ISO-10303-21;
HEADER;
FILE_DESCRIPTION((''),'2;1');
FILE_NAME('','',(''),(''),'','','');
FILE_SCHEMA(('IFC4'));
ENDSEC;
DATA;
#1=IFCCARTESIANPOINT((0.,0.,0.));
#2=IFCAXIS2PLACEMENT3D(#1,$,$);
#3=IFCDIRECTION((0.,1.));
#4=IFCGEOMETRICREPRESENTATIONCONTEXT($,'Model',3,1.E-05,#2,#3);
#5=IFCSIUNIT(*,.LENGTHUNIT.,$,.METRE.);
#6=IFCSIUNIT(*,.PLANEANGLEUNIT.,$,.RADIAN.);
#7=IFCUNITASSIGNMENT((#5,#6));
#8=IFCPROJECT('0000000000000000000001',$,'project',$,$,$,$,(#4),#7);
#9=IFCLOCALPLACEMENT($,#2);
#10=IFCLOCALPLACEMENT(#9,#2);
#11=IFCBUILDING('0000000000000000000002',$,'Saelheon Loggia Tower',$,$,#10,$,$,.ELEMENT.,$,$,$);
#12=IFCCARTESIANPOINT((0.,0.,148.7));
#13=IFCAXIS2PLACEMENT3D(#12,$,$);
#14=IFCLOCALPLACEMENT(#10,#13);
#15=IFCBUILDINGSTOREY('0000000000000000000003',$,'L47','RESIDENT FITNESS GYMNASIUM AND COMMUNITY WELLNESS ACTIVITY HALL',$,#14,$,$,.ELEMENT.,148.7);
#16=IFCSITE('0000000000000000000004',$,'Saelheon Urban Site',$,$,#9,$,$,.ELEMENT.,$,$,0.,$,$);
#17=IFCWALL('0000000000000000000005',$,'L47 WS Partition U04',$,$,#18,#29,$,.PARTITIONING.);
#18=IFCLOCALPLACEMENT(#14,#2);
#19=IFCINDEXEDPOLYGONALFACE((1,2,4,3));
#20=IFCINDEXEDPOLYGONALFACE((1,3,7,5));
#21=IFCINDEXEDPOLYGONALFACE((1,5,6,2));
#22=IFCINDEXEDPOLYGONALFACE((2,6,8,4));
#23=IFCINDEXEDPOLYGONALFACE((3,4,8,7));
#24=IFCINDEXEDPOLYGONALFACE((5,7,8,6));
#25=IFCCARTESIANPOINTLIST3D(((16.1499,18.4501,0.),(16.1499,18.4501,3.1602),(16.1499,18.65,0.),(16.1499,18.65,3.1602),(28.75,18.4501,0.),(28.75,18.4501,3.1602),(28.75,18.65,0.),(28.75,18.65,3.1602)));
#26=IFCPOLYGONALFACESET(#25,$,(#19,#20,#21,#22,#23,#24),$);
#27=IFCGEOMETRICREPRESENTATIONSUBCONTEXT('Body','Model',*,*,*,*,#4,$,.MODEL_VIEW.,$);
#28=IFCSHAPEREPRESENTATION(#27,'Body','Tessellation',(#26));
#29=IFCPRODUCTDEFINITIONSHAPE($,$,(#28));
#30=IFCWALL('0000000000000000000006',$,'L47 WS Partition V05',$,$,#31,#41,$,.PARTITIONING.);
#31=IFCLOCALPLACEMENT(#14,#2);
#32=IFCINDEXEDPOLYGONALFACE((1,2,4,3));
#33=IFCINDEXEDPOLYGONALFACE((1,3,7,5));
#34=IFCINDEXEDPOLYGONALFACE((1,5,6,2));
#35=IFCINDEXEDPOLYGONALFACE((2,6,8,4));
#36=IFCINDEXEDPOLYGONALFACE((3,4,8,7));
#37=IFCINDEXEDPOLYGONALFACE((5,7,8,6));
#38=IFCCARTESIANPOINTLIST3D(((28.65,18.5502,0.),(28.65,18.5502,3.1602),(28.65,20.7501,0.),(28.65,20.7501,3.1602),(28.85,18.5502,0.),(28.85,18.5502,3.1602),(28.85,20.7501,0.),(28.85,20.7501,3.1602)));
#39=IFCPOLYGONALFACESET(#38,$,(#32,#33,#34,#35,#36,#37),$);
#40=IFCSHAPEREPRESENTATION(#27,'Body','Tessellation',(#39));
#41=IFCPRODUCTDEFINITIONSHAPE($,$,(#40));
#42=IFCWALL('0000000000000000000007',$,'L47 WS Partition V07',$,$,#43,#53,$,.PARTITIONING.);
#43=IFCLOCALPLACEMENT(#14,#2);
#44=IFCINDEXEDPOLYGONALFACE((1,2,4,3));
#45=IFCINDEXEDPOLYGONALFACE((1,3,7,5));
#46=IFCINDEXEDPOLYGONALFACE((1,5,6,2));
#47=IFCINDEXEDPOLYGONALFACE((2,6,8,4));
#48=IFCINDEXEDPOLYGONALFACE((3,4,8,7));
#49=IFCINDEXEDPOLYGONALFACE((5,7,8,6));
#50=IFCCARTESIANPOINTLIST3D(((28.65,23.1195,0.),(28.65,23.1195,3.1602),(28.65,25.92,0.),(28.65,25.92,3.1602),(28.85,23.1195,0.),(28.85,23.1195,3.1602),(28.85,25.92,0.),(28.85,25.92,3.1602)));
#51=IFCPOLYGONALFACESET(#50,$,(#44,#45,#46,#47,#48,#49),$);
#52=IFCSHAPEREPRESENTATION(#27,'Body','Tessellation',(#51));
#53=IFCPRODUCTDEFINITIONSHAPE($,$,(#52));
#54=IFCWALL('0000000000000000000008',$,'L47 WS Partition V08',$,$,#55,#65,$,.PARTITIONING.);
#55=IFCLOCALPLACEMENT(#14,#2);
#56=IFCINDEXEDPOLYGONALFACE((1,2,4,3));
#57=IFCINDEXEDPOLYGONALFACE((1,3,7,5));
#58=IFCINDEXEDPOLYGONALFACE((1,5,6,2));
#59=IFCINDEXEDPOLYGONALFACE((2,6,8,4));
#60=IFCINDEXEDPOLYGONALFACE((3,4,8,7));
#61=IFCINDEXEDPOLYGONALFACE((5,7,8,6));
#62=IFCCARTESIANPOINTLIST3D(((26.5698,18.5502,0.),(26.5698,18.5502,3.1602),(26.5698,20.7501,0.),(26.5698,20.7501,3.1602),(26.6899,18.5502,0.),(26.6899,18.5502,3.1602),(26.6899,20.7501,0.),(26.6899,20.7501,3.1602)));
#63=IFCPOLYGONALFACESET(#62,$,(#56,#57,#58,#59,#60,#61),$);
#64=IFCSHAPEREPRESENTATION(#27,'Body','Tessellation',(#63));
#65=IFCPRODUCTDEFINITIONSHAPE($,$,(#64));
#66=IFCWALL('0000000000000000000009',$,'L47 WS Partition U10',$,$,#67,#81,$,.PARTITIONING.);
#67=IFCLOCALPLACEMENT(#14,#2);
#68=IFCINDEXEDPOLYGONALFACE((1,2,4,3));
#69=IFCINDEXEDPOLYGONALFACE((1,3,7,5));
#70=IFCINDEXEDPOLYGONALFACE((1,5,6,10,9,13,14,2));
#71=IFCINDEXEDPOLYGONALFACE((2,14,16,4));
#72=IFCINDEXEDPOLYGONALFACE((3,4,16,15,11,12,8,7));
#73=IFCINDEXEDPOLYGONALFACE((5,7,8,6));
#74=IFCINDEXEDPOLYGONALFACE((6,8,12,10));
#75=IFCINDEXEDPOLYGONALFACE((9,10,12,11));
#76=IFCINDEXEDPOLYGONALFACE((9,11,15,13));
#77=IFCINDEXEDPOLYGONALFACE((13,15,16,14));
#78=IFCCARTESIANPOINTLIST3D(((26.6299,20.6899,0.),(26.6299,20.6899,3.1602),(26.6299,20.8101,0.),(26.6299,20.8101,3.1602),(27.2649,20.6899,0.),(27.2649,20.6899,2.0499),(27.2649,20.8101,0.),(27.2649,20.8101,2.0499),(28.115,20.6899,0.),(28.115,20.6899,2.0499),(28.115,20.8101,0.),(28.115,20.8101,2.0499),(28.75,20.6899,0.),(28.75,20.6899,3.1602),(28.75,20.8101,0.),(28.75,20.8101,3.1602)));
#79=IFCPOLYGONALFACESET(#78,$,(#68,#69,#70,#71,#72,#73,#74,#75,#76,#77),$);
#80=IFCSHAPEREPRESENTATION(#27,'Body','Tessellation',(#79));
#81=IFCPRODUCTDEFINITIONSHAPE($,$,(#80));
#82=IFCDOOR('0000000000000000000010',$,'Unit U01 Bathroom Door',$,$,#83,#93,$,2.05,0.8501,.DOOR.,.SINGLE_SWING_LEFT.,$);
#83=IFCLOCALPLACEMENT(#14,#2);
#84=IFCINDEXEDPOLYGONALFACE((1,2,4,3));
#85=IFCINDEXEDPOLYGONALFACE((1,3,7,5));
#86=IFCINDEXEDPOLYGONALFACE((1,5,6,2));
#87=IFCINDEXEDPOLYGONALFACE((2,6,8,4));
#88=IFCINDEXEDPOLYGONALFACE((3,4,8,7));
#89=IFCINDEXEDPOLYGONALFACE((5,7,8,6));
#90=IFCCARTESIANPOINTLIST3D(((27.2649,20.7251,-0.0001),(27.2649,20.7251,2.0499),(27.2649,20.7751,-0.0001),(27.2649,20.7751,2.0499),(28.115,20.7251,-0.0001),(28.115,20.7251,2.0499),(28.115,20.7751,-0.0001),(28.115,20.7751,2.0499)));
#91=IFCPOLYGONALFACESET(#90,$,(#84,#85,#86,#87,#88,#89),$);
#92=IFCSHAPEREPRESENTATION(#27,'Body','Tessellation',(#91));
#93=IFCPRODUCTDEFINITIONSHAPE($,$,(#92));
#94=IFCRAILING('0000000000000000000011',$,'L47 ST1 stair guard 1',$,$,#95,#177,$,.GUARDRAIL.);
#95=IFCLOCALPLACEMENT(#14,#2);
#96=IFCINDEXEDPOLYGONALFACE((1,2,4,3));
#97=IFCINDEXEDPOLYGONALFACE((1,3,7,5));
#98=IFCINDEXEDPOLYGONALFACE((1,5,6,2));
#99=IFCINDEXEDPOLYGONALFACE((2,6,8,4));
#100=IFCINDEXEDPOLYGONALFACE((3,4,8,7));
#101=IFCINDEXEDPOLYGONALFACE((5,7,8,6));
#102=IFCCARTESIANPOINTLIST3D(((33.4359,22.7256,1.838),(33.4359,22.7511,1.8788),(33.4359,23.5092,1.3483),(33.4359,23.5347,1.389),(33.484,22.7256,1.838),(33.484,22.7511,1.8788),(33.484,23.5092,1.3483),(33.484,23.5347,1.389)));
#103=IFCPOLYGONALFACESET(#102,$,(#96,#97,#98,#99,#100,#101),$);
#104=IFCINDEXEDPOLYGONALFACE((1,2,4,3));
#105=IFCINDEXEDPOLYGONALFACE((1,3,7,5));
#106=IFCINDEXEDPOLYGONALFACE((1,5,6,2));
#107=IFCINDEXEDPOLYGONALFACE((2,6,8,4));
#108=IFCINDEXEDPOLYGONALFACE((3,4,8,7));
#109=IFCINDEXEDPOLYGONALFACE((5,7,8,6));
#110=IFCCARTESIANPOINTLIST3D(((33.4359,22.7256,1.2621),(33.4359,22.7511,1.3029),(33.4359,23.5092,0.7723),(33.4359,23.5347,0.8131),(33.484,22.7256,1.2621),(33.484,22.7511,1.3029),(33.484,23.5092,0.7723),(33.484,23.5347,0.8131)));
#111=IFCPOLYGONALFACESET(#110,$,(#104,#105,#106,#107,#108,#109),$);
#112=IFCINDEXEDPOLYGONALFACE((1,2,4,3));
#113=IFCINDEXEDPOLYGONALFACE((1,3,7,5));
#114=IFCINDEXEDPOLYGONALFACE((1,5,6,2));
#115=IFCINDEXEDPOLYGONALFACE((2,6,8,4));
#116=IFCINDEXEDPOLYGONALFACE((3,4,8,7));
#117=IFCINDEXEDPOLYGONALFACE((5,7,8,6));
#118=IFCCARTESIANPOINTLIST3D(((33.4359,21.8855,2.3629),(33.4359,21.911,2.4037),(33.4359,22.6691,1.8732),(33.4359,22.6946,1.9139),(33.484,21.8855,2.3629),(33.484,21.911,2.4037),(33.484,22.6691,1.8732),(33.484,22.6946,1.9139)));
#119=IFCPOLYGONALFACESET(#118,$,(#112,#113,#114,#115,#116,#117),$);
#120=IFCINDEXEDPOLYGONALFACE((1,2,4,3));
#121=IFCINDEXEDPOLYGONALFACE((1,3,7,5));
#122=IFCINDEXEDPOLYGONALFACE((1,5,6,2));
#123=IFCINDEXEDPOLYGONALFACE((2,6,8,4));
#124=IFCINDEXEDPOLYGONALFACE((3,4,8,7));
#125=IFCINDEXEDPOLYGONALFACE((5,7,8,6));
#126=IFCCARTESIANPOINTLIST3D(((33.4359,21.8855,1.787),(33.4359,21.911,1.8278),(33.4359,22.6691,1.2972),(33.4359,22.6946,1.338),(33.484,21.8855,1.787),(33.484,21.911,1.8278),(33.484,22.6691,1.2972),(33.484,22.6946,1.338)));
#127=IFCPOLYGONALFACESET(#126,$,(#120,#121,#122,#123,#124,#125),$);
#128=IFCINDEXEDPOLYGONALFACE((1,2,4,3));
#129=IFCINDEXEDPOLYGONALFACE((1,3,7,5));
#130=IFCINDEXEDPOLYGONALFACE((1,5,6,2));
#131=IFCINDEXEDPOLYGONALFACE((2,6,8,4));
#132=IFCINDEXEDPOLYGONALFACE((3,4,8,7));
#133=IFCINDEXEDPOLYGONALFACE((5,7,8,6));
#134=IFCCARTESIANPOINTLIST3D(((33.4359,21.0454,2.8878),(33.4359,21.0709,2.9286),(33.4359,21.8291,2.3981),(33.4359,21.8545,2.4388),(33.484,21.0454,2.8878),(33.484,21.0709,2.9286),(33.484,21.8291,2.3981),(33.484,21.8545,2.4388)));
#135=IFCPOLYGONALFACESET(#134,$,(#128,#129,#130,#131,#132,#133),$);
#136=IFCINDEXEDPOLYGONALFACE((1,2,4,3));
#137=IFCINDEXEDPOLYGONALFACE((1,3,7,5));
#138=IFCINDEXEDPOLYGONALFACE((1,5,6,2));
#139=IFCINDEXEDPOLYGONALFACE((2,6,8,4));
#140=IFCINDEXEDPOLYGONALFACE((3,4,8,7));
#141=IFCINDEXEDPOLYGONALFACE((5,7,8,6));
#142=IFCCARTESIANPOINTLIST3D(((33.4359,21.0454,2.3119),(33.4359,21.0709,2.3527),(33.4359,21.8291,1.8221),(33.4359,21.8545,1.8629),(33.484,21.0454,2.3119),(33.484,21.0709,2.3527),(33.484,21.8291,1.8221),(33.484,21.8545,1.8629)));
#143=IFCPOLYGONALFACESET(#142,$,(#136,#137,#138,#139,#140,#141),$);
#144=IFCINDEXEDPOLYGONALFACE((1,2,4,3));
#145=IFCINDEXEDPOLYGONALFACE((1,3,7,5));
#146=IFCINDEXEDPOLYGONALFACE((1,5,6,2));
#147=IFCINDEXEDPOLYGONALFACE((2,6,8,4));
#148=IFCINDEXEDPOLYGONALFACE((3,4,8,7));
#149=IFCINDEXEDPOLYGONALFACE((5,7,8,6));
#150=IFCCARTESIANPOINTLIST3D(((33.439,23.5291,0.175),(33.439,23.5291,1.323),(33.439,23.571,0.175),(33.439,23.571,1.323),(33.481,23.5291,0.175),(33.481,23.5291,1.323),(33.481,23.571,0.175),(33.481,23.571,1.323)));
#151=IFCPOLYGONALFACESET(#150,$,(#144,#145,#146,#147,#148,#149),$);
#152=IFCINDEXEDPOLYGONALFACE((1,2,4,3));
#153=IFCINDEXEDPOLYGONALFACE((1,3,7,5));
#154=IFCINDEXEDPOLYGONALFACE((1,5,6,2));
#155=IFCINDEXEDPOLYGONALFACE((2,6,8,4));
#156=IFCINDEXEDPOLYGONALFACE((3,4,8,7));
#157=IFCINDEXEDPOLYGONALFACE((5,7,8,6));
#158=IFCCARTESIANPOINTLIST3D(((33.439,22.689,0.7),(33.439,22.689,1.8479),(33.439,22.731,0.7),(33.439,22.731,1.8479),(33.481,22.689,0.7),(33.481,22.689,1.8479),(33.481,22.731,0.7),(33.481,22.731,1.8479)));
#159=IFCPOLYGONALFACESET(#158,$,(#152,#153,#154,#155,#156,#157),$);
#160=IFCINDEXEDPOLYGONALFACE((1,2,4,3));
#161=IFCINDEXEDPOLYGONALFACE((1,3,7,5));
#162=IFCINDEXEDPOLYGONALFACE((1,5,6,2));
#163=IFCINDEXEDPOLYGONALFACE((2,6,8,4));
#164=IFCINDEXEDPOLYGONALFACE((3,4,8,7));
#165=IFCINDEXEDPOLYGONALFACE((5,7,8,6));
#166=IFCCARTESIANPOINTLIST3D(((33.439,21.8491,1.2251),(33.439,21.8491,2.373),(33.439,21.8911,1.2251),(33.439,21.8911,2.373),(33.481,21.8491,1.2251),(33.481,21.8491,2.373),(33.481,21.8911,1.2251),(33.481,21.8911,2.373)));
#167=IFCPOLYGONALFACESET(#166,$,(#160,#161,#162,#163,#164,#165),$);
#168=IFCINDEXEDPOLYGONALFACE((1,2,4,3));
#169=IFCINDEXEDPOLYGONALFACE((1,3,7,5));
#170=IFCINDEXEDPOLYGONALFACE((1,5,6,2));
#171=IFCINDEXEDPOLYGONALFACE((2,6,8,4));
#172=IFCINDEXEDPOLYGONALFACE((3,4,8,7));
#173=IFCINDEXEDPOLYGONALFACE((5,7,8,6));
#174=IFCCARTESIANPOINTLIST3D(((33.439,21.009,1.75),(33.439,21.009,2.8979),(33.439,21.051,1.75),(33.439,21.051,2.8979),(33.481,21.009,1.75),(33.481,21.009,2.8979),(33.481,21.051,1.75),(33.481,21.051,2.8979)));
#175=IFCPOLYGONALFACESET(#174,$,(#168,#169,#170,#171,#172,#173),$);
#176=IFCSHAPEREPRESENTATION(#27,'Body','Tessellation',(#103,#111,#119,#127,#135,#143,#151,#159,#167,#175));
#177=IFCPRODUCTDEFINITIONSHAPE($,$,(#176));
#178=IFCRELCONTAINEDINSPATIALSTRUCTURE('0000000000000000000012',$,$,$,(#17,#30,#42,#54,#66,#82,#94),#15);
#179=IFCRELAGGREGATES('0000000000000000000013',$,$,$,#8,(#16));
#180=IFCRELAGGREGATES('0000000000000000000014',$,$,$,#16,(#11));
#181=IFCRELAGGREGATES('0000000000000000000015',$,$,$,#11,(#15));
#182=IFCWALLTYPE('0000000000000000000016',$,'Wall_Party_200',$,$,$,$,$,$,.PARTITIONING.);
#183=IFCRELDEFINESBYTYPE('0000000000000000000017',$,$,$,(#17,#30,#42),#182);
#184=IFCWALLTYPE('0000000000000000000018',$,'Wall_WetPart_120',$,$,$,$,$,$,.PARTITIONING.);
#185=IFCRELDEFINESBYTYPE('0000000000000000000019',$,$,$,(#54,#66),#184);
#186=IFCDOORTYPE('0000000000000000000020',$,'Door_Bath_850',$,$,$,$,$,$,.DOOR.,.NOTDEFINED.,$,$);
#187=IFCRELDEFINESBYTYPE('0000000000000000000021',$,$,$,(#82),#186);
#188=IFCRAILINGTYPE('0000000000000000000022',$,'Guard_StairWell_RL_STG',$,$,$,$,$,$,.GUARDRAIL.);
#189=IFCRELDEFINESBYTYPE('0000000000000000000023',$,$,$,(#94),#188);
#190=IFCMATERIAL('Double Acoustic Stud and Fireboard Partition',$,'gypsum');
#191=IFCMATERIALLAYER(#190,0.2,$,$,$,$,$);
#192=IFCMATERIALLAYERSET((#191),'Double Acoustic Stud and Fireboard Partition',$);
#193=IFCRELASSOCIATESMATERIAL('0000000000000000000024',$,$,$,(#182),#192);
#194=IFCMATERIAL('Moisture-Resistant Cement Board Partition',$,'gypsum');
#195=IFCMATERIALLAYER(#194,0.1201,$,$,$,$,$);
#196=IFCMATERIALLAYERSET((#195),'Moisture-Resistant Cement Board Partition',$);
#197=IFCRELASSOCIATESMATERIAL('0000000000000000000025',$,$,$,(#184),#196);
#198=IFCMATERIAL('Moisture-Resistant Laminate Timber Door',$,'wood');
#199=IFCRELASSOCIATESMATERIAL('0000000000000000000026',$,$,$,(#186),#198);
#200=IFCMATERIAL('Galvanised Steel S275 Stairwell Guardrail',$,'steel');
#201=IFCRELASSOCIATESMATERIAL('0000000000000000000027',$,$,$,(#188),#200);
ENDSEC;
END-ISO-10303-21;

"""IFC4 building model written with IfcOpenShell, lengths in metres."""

from ifc_helpers import new_model, si_unit, direction, frame, frame_2d, origin, origin_2d, place, context, subcontext, project, spatial, rectangle, extrude, source, transform, mapped, material, layer, layer_set, type_object, element, fill, save


model = new_model("IFC4")

# Units and contexts
model_context = context("Model", 3, precision=1e-05, world=origin(), true_north=direction((0.0, 1.0)))
body_context = subcontext(model_context, "Body", "Model", "MODEL_VIEW")
ifc_project = project(units=[si_unit("LENGTHUNIT", "METRE"), si_unit("PLANEANGLEUNIT", "RADIAN")], contexts=[model_context])

# Site, building, storey
site_placement = place(None, origin())
site = spatial("IfcSite", under=ifc_project, at=site_placement, Name="Saelheon Urban Site", CompositionType="ELEMENT", RefElevation=0.0)
building_placement = place(site_placement, origin())
building = spatial("IfcBuilding", under=site, at=building_placement, Name="Saelheon Loggia Tower", CompositionType="ELEMENT")
storey_placement = place(building_placement, frame((0.0, 0.0, 148.7)))
storey = spatial("IfcBuildingStorey", under=building, at=storey_placement, Name="L47", Description="RESIDENT FITNESS GYMNASIUM AND COMMUNITY WELLNESS ACTIVITY HALL", CompositionType="ELEMENT", Elevation=148.7)

# Walls
ifc_material_1 = material(Name="Double Acoustic Stud and Fireboard Partition", Category="gypsum")
ifc_layer_1 = layer(ifc_material_1, 0.2)
ifc_layer_set_1 = layer_set([ifc_layer_1], Name="Double Acoustic Stud and Fireboard Partition")
wall_type_1 = type_object("IfcWallType", Name="Wall_Party_200", PredefinedType="PARTITIONING", material=ifc_layer_set_1)
wall_1_placement = place(storey_placement, frame((28.75, 18.55, 0.0), z_axis=(0.0, 0.0, 1.0), x_axis=(-1.0, 0.0, 0.0)))
element("IfcWall", 1, at=wall_1_placement, inside=storey, type_object=wall_type_1, Name="L47 WS Partition U04", PredefinedType="PARTITIONING", context=body_context, shape_type="SweptSolid", body=[
    extrude(rectangle(XDim=12.6001, YDim=0.2, at=frame_2d((6.3, 0.0))), origin(), (0.0, 0.0, 1.0), 3.1602),
])
wall_2_placement = place(storey_placement, frame((28.75, 18.55, 0.0), z_axis=(0.0, 0.0, 1.0), x_axis=(0.0, 1.0, 0.0)))
element("IfcWall", 2, at=wall_2_placement, inside=storey, type_object=wall_type_1, Name="L47 WS Partition V05", PredefinedType="PARTITIONING", context=body_context, shape_type="SweptSolid", body=[
    extrude(rectangle(XDim=2.2, YDim=0.2, at=frame_2d((1.1001, 0.0))), origin(), (0.0, 0.0, 1.0), 3.1602),
])

# Walls
wall_3_placement = place(storey_placement, frame((28.75, 23.1194, 0.0), z_axis=(0.0, 0.0, 1.0), x_axis=(0.0, 1.0, 0.0)))
element("IfcWall", 3, at=wall_3_placement, inside=storey, type_object=wall_type_1, Name="L47 WS Partition V07", PredefinedType="PARTITIONING", context=body_context, shape_type="SweptSolid", body=[
    extrude(rectangle(XDim=2.8005, YDim=0.2, at=frame_2d((1.4004, 0.0))), origin(), (0.0, 0.0, 1.0), 3.1602),
])
ifc_material_2 = material(Name="Moisture-Resistant Cement Board Partition", Category="gypsum")
ifc_layer_2 = layer(ifc_material_2, 0.1201)
ifc_layer_set_2 = layer_set([ifc_layer_2], Name="Moisture-Resistant Cement Board Partition")
wall_type_2 = type_object("IfcWallType", Name="Wall_WetPart_120", PredefinedType="PARTITIONING", material=ifc_layer_set_2)
wall_4_placement = place(storey_placement, frame((26.6299, 18.55, 0.0), z_axis=(0.0, 0.0, 1.0), x_axis=(0.0, 1.0, 0.0)))
element("IfcWall", 4, at=wall_4_placement, inside=storey, type_object=wall_type_2, Name="L47 WS Partition V08", PredefinedType="PARTITIONING", context=body_context, shape_type="SweptSolid", body=[
    extrude(rectangle(XDim=2.2, YDim=0.1201, at=frame_2d((1.1001, 0.0))), origin(), (0.0, 0.0, 1.0), 3.1602),
])

# Wall, opening, door
wall_5_placement = place(storey_placement, frame((28.75, 20.75, 0.0), z_axis=(0.0, 0.0, 1.0), x_axis=(-1.0, 0.0, 0.0)))
wall_5 = element("IfcWall", 5, at=wall_5_placement, inside=storey, type_object=wall_type_2, Name="L47 WS Partition U10", PredefinedType="PARTITIONING", context=body_context, shape_type="SweptSolid", body=[
    extrude(rectangle(XDim=2.1201, YDim=0.1201, at=frame_2d((1.0601, 0.0))), origin(), (0.0, 0.0, 1.0), 3.1602),
])
opening_1_placement = place(wall_5_placement, frame((0.635, 0.0, 0.0)))
opening_1 = element("IfcOpeningElement", 6, at=opening_1_placement, cuts=wall_5, PredefinedType="OPENING", context=body_context, shape_type="SweptSolid", body=[
    extrude(rectangle(XDim=0.8501, YDim=2.05, at=frame_2d((0.425, 1.0249))), frame((0.0, 0.072, 0.0), z_axis=(0.0, -1.0, 0.0), x_axis=(1.0, 0.0, 0.0)), (0.0, 0.0, 1.0), 0.144),
])
ifc_material_3 = material(Name="Moisture-Resistant Laminate Timber Door", Category="wood")
door_type_1 = type_object("IfcDoorType", Name="Door_Bath_850", OperationType="NOTDEFINED", PredefinedType="DOOR", material=ifc_material_3)
shared_shape_1 = source(origin(), body_context, "Body", "SweptSolid", [
    extrude(rectangle(XDim=0.8501, YDim=2.05, at=frame_2d((0.425, 1.0249))), frame((0.0, 0.0249, 0.0), z_axis=(0.0, -1.0, 0.0), x_axis=(1.0, 0.0, 0.0)), (0.0, 0.0, 1.0), 0.05),
])
door_1_placement = place(opening_1_placement, origin())
door_1 = element("IfcDoor", 7, at=door_1_placement, inside=storey, type_object=door_type_1, Name="Unit U01 Bathroom Door", OperationType="SINGLE_SWING_LEFT", OverallHeight=2.05, OverallWidth=0.8501, PredefinedType="DOOR", context=body_context, shape_type="MappedRepresentation", body=[
    mapped(shared_shape_1, transform((0.0, 0.0, 0.0), scale=1.0)),
])
fill(opening_1, door_1)

# Railing
ifc_material_4 = material(Name="Galvanised Steel S275 Stairwell Guardrail", Category="steel")
railing_type_1 = type_object("IfcRailingType", Name="Guard_StairWell_RL_STG", PredefinedType="GUARDRAIL", material=ifc_material_4)
railing_1_placement = place(storey_placement, frame((33.46, 23.55, 0.175)))
element("IfcRailing", 8, at=railing_1_placement, inside=storey, type_object=railing_type_1, Name="L47 ST1 stair guard 1", PredefinedType="GUARDRAIL", context=body_context, shape_type="SweptSolid", body=[
    extrude(rectangle(XDim=0.0481, YDim=0.0481, at=origin_2d()), frame((0.0, -0.0281, 1.1936), z_axis=(0.0, -0.848008, 0.529984), x_axis=(1.0, 0.0, 0.0)), (0.0, 0.0, 1.0), 0.9241),
    extrude(rectangle(XDim=0.0481, YDim=0.0481, at=origin_2d()), frame((0.0, -0.0281, 0.6177), z_axis=(0.0, -0.848008, 0.529984), x_axis=(1.0, 0.0, 0.0)), (0.0, 0.0, 1.0), 0.9241),
    extrude(rectangle(XDim=0.0481, YDim=0.0481, at=origin_2d()), frame((0.0, -0.8682, 1.7185), z_axis=(0.0, -0.848008, 0.529984), x_axis=(1.0, 0.0, 0.0)), (0.0, 0.0, 1.0), 0.9241),
    extrude(rectangle(XDim=0.0481, YDim=0.0481, at=origin_2d()), frame((0.0, -0.8682, 1.1426), z_axis=(0.0, -0.848008, 0.529984), x_axis=(1.0, 0.0, 0.0)), (0.0, 0.0, 1.0), 0.9241),
    extrude(rectangle(XDim=0.0481, YDim=0.0481, at=origin_2d()), frame((0.0, -1.7083, 2.2434), z_axis=(0.0, -0.848008, 0.529984), x_axis=(1.0, 0.0, 0.0)), (0.0, 0.0, 1.0), 0.9241),
    extrude(rectangle(XDim=0.0481, YDim=0.0481, at=origin_2d()), frame((0.0, -1.7083, 1.6675), z_axis=(0.0, -0.848008, 0.529984), x_axis=(1.0, 0.0, 0.0)), (0.0, 0.0, 1.0), 0.9241),
    extrude(rectangle(XDim=0.042, YDim=0.042, at=origin_2d()), origin(), (0.0, 0.0, 1.0), 1.1479),
    extrude(rectangle(XDim=0.042, YDim=0.042, at=origin_2d()), frame((0.0, -0.8401, 0.5249)), (0.0, 0.0, 1.0), 1.1479),
    extrude(rectangle(XDim=0.042, YDim=0.042, at=origin_2d()), frame((0.0, -1.6799, 1.05)), (0.0, 0.0, 1.0), 1.1479),
    extrude(rectangle(XDim=0.042, YDim=0.042, at=origin_2d()), frame((0.0, -2.52, 1.575)), (0.0, 0.0, 1.0), 1.1479),
])

save(model, "model.ifc")
